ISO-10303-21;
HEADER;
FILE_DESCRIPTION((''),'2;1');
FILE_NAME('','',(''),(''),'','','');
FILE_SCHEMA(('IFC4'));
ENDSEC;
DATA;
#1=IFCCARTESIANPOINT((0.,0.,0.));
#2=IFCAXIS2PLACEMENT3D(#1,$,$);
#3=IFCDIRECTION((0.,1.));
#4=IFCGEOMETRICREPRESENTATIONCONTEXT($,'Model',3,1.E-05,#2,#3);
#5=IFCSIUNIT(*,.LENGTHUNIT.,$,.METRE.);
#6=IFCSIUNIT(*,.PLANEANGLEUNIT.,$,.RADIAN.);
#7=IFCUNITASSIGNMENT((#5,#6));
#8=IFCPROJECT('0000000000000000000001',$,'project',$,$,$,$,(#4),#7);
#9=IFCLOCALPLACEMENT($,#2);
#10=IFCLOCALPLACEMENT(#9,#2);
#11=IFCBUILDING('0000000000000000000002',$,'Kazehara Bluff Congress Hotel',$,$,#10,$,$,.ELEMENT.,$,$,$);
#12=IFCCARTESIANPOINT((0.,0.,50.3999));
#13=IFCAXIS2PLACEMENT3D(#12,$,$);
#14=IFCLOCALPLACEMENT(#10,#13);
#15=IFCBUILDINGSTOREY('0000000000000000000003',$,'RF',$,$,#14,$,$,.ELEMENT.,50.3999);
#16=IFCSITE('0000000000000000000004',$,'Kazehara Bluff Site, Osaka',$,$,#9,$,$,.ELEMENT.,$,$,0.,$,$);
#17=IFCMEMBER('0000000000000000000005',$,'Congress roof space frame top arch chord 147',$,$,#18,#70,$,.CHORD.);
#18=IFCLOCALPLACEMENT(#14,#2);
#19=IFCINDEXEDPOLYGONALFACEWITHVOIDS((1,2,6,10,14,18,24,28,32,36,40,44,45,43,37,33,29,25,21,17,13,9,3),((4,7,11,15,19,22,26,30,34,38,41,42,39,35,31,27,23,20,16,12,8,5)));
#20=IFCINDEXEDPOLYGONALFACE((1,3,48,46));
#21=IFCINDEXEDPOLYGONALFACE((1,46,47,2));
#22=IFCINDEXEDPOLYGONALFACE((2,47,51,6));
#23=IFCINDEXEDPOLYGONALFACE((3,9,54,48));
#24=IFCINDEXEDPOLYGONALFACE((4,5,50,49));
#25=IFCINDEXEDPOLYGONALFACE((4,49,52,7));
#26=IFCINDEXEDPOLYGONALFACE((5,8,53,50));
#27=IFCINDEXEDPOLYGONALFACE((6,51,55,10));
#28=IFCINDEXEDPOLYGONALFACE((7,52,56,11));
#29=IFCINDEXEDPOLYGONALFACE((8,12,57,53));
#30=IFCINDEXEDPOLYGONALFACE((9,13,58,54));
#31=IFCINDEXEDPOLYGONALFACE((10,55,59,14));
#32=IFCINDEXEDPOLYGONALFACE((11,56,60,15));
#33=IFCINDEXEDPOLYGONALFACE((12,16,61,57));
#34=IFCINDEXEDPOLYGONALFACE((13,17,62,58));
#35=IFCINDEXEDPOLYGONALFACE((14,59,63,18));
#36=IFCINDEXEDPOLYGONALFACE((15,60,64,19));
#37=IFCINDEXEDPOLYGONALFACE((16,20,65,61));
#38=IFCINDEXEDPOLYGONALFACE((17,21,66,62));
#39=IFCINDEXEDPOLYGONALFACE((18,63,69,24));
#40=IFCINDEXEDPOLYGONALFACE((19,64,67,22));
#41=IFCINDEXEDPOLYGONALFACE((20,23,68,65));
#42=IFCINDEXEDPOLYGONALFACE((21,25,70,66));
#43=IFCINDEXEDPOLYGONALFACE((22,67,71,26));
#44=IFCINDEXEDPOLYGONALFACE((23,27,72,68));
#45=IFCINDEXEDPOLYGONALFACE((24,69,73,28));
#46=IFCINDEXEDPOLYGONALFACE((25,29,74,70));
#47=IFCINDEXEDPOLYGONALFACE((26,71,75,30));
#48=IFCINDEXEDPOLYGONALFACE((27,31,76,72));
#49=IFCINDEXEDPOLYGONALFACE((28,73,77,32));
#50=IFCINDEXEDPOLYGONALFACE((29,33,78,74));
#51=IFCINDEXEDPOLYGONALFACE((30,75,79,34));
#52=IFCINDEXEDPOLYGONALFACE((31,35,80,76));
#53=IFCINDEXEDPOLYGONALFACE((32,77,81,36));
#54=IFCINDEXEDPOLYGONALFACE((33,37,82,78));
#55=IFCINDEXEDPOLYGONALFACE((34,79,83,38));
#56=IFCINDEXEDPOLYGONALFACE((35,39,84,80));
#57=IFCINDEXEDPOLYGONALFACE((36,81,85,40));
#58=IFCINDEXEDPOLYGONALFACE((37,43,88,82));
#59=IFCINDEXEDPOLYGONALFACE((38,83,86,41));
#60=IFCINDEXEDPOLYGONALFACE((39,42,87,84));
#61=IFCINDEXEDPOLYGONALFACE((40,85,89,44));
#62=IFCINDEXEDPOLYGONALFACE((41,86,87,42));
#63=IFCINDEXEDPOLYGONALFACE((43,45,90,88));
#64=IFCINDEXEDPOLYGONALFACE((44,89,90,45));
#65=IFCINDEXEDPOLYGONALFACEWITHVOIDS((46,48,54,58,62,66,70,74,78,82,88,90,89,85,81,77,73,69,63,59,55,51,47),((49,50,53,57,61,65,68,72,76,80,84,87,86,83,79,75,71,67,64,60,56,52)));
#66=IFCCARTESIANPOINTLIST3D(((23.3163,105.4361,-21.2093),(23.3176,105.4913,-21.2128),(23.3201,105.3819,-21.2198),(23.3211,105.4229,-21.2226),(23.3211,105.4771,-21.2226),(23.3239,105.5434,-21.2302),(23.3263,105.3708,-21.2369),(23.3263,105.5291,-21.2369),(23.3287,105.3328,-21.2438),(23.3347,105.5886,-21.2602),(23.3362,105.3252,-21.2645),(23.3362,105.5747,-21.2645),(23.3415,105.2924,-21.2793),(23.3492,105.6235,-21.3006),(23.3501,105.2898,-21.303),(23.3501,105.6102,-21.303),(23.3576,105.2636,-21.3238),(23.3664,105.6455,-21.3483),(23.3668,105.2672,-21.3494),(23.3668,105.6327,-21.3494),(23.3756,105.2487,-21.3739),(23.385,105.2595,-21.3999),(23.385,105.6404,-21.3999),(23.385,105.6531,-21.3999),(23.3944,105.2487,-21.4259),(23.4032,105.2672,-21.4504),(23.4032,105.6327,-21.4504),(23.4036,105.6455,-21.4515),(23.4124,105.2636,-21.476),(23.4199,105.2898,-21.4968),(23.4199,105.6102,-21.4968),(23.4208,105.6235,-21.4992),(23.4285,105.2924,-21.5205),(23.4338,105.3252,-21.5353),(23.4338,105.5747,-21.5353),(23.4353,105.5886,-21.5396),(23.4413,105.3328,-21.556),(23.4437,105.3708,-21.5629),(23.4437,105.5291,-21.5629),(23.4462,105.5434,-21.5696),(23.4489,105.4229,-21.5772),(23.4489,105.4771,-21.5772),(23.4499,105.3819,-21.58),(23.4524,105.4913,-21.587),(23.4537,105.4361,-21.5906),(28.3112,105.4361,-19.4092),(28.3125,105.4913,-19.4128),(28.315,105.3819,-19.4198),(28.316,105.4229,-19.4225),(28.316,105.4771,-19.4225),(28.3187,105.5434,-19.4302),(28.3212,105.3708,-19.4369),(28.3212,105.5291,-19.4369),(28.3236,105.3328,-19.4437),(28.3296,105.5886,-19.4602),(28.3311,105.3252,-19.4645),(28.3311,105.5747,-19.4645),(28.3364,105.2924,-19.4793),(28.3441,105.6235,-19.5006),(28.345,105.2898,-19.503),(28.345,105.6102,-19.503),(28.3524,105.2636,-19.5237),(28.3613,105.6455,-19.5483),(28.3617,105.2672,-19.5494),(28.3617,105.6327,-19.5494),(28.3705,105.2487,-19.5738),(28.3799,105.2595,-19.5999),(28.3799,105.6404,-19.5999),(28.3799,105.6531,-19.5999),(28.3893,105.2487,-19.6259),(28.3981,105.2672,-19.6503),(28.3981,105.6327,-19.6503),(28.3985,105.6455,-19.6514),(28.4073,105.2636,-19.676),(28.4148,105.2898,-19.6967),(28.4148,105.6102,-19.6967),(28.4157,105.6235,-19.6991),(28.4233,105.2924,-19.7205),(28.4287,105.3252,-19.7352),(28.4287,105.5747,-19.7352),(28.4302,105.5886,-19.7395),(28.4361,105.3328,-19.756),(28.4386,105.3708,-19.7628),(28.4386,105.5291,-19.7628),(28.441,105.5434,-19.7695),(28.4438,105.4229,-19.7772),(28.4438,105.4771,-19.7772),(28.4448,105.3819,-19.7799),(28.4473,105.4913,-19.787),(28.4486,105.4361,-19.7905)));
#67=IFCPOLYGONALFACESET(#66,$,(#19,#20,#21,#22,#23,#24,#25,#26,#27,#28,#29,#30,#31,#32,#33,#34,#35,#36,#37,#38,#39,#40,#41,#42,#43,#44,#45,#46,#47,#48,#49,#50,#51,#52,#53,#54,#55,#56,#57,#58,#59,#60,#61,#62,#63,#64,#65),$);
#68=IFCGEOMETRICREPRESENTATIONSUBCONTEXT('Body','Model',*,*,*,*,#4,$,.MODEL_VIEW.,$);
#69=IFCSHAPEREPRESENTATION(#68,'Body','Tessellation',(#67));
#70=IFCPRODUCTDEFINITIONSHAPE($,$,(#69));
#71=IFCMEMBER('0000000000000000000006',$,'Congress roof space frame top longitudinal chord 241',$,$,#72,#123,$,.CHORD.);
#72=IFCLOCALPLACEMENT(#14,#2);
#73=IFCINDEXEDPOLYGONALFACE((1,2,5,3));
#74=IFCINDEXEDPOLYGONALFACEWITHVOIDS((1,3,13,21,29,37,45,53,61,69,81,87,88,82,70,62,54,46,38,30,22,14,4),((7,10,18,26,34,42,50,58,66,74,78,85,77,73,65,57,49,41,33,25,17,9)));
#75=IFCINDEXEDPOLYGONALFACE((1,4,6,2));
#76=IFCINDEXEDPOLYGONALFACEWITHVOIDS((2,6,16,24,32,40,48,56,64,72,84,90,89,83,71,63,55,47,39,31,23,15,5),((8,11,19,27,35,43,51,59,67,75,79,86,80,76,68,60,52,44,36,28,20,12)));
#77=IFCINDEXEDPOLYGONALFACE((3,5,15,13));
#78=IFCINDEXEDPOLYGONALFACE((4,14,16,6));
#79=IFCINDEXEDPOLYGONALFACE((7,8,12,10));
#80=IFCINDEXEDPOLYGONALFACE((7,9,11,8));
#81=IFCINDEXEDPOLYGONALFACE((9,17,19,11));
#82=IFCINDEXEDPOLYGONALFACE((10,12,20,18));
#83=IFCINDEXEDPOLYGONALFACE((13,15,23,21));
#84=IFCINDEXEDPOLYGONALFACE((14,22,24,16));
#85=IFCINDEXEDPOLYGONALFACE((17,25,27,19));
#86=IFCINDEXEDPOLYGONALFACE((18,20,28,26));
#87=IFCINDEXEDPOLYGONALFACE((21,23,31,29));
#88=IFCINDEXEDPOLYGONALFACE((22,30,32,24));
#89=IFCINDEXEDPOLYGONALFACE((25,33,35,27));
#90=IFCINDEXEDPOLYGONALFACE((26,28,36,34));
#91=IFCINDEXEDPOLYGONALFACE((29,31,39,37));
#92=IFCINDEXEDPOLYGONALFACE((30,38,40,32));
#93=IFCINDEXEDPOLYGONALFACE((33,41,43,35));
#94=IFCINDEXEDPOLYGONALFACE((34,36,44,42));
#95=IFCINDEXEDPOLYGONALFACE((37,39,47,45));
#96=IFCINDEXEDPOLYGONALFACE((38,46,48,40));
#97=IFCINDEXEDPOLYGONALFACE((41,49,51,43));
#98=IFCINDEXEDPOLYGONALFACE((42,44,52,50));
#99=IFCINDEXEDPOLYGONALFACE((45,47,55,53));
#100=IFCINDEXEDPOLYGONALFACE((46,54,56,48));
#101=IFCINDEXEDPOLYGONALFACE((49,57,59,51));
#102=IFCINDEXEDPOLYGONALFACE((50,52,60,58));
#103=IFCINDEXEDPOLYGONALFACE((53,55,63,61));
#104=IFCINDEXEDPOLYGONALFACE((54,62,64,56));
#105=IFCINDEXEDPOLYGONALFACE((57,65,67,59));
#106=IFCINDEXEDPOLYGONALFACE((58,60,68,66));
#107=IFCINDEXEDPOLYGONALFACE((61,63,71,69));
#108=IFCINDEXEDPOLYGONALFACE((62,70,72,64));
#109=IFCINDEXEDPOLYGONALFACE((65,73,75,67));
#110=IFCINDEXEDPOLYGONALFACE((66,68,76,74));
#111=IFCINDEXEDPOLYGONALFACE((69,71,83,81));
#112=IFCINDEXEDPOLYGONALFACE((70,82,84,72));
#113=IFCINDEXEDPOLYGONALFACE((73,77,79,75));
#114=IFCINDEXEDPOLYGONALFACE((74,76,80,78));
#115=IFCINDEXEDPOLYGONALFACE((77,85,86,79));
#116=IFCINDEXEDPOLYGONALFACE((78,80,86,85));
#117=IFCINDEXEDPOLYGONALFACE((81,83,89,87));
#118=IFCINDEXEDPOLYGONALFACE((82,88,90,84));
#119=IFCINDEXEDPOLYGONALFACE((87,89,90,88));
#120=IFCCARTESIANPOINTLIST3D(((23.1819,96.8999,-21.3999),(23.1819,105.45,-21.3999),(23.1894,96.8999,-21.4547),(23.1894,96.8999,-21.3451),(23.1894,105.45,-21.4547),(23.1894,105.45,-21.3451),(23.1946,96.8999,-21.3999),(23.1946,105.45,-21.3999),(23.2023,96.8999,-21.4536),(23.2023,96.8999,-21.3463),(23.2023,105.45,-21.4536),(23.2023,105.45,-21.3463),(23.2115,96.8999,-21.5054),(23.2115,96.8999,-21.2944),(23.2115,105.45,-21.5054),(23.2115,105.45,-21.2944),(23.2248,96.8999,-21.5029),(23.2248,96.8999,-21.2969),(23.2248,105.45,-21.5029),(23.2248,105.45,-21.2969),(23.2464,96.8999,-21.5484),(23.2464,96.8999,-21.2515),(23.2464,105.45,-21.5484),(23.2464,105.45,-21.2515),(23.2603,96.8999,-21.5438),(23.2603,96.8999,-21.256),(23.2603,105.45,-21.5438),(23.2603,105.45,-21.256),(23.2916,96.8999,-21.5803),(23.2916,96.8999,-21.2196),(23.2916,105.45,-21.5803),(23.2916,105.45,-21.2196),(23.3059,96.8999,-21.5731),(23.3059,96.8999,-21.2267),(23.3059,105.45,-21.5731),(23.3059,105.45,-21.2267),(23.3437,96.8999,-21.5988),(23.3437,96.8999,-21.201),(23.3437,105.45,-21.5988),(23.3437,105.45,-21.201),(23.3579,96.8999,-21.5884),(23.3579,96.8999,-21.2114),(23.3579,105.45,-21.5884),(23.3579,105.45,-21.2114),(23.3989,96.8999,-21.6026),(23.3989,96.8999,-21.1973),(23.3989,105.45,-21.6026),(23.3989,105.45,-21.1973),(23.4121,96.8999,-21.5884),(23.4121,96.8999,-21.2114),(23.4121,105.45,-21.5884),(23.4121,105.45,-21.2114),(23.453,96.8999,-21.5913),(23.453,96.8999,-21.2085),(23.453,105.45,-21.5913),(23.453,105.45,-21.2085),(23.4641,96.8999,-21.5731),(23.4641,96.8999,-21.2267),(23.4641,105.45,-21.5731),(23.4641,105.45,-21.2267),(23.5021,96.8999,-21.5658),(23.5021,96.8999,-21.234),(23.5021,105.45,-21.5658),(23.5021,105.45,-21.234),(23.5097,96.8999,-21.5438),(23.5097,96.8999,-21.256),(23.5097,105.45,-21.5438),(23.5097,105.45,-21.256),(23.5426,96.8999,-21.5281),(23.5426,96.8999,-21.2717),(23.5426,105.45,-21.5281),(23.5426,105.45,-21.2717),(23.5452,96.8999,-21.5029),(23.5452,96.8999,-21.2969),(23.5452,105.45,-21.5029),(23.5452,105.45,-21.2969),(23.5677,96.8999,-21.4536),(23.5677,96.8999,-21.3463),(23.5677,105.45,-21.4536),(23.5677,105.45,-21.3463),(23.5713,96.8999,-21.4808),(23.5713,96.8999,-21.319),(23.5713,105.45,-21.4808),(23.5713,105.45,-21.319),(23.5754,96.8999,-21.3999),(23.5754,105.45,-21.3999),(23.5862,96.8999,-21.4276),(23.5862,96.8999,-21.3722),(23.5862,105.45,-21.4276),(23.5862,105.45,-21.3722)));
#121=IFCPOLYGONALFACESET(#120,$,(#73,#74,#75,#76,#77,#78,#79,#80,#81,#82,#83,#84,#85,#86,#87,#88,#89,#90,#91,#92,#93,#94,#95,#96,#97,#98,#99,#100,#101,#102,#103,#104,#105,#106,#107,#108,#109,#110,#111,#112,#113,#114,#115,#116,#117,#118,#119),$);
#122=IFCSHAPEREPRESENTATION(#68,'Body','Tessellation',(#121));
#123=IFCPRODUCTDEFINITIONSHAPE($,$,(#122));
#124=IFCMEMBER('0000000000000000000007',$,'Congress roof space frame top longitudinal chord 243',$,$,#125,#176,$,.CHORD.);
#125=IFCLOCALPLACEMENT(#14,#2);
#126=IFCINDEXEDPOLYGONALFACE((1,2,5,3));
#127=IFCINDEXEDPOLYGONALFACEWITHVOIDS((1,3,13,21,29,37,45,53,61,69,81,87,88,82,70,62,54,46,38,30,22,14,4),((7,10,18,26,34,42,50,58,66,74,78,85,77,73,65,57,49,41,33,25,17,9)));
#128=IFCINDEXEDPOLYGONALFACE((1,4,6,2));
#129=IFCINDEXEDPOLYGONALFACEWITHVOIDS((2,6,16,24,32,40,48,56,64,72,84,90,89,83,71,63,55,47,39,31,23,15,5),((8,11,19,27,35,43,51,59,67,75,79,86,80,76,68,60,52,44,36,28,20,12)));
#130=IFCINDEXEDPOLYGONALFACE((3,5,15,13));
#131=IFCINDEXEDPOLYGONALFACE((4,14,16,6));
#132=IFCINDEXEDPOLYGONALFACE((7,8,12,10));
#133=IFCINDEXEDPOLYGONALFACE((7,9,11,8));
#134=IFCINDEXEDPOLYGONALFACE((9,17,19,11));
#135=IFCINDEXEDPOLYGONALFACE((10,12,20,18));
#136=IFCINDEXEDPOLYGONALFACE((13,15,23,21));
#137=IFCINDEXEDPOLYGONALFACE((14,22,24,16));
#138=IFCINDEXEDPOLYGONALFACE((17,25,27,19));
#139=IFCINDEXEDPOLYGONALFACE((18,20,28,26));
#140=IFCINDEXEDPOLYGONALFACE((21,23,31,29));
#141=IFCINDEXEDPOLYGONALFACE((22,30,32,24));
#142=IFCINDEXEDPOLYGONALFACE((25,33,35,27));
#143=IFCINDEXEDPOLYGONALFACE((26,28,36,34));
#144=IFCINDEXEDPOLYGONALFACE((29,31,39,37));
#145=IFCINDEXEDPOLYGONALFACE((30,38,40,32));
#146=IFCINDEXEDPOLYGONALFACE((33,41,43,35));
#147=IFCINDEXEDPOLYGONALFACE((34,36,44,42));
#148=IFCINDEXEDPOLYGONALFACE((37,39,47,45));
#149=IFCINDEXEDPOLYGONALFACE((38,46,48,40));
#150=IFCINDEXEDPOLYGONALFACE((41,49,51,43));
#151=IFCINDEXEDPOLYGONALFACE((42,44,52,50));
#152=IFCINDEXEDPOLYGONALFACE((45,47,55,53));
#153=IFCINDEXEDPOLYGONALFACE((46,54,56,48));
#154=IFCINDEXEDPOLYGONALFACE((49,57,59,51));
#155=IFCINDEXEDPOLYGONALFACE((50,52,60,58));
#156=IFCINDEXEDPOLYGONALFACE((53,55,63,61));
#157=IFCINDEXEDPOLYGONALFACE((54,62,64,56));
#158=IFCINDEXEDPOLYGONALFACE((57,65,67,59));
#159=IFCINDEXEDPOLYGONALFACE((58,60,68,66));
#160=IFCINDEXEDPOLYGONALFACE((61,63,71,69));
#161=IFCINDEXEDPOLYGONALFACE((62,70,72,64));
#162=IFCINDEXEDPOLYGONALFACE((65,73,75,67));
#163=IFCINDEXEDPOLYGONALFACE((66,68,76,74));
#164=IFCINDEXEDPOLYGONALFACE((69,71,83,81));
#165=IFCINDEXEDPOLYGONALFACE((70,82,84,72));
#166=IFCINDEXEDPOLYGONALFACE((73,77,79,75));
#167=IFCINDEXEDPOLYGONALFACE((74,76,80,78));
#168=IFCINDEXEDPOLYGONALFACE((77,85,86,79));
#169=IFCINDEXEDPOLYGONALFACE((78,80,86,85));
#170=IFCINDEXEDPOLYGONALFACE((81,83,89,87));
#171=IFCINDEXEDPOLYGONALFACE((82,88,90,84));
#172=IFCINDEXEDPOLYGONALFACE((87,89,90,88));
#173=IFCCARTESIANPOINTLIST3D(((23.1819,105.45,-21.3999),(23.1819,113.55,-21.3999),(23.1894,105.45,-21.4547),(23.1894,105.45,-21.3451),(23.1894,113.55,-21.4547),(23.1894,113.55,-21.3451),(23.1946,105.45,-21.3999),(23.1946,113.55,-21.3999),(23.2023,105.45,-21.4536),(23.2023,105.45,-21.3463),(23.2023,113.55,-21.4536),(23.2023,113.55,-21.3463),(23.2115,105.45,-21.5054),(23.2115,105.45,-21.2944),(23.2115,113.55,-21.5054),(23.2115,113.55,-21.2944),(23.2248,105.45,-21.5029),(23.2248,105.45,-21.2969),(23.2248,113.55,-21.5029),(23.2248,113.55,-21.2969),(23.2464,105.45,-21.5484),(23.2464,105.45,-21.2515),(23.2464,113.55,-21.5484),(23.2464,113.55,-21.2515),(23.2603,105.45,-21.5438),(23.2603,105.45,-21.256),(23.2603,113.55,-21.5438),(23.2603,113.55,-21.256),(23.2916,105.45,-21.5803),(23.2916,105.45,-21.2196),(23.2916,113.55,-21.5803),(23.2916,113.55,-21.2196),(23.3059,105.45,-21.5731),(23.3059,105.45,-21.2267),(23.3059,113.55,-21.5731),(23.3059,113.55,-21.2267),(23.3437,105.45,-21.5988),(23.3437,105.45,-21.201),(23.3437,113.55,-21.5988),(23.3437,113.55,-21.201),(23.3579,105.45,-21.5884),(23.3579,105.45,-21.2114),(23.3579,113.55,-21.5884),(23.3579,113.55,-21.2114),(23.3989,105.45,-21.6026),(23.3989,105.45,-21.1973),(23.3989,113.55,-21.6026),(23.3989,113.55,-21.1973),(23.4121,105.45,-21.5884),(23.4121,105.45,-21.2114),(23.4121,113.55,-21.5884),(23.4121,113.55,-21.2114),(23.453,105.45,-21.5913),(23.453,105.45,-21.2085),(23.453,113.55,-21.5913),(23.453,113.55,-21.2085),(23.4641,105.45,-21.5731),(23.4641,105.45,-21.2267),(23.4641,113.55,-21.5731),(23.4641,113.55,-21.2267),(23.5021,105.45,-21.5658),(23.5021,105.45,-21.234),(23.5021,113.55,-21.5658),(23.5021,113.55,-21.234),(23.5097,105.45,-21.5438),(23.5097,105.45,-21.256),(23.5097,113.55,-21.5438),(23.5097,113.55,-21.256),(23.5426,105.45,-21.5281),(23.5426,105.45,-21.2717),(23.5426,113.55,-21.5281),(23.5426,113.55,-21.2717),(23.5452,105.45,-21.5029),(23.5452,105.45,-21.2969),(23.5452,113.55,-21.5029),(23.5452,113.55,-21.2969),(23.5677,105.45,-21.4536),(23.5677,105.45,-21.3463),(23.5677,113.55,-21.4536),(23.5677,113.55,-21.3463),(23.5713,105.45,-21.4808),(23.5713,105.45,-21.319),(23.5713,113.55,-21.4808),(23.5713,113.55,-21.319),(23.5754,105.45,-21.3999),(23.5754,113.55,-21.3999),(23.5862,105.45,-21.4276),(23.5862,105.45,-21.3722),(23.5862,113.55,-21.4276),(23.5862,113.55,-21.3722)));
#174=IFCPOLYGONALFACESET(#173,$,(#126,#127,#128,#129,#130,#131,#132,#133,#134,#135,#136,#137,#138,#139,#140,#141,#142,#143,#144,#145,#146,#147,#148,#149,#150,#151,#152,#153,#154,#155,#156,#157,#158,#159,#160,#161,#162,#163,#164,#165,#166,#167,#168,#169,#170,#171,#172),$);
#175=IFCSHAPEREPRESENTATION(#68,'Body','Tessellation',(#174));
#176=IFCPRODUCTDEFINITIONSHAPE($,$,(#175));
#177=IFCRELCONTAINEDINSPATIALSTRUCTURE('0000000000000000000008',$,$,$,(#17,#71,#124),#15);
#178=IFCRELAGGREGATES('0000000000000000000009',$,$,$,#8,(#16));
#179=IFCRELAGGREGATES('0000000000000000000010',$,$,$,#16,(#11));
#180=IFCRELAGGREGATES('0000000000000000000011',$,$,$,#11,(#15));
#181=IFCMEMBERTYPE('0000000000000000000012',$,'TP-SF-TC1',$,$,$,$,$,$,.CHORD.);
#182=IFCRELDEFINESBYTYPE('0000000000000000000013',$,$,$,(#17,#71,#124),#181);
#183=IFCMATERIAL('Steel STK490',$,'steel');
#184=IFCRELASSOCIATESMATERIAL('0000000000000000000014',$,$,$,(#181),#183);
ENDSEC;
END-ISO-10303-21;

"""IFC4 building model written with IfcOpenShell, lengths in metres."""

from ifc_helpers import new_model, si_unit, direction, frame, origin, origin_2d, place, context, subcontext, project, spatial, hollow_circle, extrude, material, material_profile, profile_set, type_object, element, save


model = new_model("IFC4")

# Units and contexts
model_context = context("Model", 3, precision=1e-05, world=origin(), true_north=direction((0.0, 1.0)))
body_context = subcontext(model_context, "Body", "Model", "MODEL_VIEW")
ifc_project = project(units=[si_unit("LENGTHUNIT", "METRE"), si_unit("PLANEANGLEUNIT", "RADIAN")], contexts=[model_context])

# Site, building, storey
site_placement = place(None, origin())
site = spatial("IfcSite", under=ifc_project, at=site_placement, Name="Kazehara Bluff Site, Osaka", CompositionType="ELEMENT", RefElevation=0.0)
building_placement = place(site_placement, origin())
building = spatial("IfcBuilding", under=site, at=building_placement, Name="Kazehara Bluff Congress Hotel", CompositionType="ELEMENT")
storey_placement = place(building_placement, frame((0.0, 0.0, 50.3999)))
storey = spatial("IfcBuildingStorey", under=building, at=storey_placement, Name="RF", CompositionType="ELEMENT", Elevation=50.3999)

# Members
ifc_material_1 = material(Name="Steel STK490", Category="steel")
ifc_material_profile_1 = material_profile(ifc_material_1, hollow_circle(Radius=0.2031, WallThickness=0.0127, at=origin_2d()))
ifc_profile_set_1 = profile_set([ifc_material_profile_1], Name="Steel STK490")
member_type_1 = type_object("IfcMemberType", Name="TP-SF-TC1", PredefinedType="CHORD", material=ifc_profile_set_1)
member_1_placement = place(storey_placement, frame((23.385, 105.45, -21.3999), z_axis=(0.940774, 0.0, 0.339035), x_axis=(0.0, 1.0, 0.0)))
element("IfcMember", 1, at=member_1_placement, inside=storey, type_object=member_type_1, Name="Congress roof space frame top arch chord 147", PredefinedType="CHORD", context=body_context, shape_type="SweptSolid", body=[
    extrude(hollow_circle(Radius=0.2031, WallThickness=0.0127, at=origin_2d()), origin(), (0.0, 0.0, 1.0), 5.3093),
])
member_2_placement = place(storey_placement, frame((23.385, 96.8999, -21.3999), z_axis=(0.0, 1.0, 0.0), x_axis=(-1.0, 0.0, 0.0)))
element("IfcMember", 2, at=member_2_placement, inside=storey, type_object=member_type_1, Name="Congress roof space frame top longitudinal chord 241", PredefinedType="CHORD", context=body_context, shape_type="SweptSolid", body=[
    extrude(hollow_circle(Radius=0.2031, WallThickness=0.0127, at=origin_2d()), origin(), (0.0, 0.0, 1.0), 8.55),
])
member_3_placement = place(storey_placement, frame((23.385, 105.45, -21.3999), z_axis=(0.0, 1.0, 0.0), x_axis=(-1.0, 0.0, 0.0)))
element("IfcMember", 3, at=member_3_placement, inside=storey, type_object=member_type_1, Name="Congress roof space frame top longitudinal chord 243", PredefinedType="CHORD", context=body_context, shape_type="SweptSolid", body=[
    extrude(hollow_circle(Radius=0.2031, WallThickness=0.0127, at=origin_2d()), origin(), (0.0, 0.0, 1.0), 8.1001),
])

save(model, "model.ifc")
